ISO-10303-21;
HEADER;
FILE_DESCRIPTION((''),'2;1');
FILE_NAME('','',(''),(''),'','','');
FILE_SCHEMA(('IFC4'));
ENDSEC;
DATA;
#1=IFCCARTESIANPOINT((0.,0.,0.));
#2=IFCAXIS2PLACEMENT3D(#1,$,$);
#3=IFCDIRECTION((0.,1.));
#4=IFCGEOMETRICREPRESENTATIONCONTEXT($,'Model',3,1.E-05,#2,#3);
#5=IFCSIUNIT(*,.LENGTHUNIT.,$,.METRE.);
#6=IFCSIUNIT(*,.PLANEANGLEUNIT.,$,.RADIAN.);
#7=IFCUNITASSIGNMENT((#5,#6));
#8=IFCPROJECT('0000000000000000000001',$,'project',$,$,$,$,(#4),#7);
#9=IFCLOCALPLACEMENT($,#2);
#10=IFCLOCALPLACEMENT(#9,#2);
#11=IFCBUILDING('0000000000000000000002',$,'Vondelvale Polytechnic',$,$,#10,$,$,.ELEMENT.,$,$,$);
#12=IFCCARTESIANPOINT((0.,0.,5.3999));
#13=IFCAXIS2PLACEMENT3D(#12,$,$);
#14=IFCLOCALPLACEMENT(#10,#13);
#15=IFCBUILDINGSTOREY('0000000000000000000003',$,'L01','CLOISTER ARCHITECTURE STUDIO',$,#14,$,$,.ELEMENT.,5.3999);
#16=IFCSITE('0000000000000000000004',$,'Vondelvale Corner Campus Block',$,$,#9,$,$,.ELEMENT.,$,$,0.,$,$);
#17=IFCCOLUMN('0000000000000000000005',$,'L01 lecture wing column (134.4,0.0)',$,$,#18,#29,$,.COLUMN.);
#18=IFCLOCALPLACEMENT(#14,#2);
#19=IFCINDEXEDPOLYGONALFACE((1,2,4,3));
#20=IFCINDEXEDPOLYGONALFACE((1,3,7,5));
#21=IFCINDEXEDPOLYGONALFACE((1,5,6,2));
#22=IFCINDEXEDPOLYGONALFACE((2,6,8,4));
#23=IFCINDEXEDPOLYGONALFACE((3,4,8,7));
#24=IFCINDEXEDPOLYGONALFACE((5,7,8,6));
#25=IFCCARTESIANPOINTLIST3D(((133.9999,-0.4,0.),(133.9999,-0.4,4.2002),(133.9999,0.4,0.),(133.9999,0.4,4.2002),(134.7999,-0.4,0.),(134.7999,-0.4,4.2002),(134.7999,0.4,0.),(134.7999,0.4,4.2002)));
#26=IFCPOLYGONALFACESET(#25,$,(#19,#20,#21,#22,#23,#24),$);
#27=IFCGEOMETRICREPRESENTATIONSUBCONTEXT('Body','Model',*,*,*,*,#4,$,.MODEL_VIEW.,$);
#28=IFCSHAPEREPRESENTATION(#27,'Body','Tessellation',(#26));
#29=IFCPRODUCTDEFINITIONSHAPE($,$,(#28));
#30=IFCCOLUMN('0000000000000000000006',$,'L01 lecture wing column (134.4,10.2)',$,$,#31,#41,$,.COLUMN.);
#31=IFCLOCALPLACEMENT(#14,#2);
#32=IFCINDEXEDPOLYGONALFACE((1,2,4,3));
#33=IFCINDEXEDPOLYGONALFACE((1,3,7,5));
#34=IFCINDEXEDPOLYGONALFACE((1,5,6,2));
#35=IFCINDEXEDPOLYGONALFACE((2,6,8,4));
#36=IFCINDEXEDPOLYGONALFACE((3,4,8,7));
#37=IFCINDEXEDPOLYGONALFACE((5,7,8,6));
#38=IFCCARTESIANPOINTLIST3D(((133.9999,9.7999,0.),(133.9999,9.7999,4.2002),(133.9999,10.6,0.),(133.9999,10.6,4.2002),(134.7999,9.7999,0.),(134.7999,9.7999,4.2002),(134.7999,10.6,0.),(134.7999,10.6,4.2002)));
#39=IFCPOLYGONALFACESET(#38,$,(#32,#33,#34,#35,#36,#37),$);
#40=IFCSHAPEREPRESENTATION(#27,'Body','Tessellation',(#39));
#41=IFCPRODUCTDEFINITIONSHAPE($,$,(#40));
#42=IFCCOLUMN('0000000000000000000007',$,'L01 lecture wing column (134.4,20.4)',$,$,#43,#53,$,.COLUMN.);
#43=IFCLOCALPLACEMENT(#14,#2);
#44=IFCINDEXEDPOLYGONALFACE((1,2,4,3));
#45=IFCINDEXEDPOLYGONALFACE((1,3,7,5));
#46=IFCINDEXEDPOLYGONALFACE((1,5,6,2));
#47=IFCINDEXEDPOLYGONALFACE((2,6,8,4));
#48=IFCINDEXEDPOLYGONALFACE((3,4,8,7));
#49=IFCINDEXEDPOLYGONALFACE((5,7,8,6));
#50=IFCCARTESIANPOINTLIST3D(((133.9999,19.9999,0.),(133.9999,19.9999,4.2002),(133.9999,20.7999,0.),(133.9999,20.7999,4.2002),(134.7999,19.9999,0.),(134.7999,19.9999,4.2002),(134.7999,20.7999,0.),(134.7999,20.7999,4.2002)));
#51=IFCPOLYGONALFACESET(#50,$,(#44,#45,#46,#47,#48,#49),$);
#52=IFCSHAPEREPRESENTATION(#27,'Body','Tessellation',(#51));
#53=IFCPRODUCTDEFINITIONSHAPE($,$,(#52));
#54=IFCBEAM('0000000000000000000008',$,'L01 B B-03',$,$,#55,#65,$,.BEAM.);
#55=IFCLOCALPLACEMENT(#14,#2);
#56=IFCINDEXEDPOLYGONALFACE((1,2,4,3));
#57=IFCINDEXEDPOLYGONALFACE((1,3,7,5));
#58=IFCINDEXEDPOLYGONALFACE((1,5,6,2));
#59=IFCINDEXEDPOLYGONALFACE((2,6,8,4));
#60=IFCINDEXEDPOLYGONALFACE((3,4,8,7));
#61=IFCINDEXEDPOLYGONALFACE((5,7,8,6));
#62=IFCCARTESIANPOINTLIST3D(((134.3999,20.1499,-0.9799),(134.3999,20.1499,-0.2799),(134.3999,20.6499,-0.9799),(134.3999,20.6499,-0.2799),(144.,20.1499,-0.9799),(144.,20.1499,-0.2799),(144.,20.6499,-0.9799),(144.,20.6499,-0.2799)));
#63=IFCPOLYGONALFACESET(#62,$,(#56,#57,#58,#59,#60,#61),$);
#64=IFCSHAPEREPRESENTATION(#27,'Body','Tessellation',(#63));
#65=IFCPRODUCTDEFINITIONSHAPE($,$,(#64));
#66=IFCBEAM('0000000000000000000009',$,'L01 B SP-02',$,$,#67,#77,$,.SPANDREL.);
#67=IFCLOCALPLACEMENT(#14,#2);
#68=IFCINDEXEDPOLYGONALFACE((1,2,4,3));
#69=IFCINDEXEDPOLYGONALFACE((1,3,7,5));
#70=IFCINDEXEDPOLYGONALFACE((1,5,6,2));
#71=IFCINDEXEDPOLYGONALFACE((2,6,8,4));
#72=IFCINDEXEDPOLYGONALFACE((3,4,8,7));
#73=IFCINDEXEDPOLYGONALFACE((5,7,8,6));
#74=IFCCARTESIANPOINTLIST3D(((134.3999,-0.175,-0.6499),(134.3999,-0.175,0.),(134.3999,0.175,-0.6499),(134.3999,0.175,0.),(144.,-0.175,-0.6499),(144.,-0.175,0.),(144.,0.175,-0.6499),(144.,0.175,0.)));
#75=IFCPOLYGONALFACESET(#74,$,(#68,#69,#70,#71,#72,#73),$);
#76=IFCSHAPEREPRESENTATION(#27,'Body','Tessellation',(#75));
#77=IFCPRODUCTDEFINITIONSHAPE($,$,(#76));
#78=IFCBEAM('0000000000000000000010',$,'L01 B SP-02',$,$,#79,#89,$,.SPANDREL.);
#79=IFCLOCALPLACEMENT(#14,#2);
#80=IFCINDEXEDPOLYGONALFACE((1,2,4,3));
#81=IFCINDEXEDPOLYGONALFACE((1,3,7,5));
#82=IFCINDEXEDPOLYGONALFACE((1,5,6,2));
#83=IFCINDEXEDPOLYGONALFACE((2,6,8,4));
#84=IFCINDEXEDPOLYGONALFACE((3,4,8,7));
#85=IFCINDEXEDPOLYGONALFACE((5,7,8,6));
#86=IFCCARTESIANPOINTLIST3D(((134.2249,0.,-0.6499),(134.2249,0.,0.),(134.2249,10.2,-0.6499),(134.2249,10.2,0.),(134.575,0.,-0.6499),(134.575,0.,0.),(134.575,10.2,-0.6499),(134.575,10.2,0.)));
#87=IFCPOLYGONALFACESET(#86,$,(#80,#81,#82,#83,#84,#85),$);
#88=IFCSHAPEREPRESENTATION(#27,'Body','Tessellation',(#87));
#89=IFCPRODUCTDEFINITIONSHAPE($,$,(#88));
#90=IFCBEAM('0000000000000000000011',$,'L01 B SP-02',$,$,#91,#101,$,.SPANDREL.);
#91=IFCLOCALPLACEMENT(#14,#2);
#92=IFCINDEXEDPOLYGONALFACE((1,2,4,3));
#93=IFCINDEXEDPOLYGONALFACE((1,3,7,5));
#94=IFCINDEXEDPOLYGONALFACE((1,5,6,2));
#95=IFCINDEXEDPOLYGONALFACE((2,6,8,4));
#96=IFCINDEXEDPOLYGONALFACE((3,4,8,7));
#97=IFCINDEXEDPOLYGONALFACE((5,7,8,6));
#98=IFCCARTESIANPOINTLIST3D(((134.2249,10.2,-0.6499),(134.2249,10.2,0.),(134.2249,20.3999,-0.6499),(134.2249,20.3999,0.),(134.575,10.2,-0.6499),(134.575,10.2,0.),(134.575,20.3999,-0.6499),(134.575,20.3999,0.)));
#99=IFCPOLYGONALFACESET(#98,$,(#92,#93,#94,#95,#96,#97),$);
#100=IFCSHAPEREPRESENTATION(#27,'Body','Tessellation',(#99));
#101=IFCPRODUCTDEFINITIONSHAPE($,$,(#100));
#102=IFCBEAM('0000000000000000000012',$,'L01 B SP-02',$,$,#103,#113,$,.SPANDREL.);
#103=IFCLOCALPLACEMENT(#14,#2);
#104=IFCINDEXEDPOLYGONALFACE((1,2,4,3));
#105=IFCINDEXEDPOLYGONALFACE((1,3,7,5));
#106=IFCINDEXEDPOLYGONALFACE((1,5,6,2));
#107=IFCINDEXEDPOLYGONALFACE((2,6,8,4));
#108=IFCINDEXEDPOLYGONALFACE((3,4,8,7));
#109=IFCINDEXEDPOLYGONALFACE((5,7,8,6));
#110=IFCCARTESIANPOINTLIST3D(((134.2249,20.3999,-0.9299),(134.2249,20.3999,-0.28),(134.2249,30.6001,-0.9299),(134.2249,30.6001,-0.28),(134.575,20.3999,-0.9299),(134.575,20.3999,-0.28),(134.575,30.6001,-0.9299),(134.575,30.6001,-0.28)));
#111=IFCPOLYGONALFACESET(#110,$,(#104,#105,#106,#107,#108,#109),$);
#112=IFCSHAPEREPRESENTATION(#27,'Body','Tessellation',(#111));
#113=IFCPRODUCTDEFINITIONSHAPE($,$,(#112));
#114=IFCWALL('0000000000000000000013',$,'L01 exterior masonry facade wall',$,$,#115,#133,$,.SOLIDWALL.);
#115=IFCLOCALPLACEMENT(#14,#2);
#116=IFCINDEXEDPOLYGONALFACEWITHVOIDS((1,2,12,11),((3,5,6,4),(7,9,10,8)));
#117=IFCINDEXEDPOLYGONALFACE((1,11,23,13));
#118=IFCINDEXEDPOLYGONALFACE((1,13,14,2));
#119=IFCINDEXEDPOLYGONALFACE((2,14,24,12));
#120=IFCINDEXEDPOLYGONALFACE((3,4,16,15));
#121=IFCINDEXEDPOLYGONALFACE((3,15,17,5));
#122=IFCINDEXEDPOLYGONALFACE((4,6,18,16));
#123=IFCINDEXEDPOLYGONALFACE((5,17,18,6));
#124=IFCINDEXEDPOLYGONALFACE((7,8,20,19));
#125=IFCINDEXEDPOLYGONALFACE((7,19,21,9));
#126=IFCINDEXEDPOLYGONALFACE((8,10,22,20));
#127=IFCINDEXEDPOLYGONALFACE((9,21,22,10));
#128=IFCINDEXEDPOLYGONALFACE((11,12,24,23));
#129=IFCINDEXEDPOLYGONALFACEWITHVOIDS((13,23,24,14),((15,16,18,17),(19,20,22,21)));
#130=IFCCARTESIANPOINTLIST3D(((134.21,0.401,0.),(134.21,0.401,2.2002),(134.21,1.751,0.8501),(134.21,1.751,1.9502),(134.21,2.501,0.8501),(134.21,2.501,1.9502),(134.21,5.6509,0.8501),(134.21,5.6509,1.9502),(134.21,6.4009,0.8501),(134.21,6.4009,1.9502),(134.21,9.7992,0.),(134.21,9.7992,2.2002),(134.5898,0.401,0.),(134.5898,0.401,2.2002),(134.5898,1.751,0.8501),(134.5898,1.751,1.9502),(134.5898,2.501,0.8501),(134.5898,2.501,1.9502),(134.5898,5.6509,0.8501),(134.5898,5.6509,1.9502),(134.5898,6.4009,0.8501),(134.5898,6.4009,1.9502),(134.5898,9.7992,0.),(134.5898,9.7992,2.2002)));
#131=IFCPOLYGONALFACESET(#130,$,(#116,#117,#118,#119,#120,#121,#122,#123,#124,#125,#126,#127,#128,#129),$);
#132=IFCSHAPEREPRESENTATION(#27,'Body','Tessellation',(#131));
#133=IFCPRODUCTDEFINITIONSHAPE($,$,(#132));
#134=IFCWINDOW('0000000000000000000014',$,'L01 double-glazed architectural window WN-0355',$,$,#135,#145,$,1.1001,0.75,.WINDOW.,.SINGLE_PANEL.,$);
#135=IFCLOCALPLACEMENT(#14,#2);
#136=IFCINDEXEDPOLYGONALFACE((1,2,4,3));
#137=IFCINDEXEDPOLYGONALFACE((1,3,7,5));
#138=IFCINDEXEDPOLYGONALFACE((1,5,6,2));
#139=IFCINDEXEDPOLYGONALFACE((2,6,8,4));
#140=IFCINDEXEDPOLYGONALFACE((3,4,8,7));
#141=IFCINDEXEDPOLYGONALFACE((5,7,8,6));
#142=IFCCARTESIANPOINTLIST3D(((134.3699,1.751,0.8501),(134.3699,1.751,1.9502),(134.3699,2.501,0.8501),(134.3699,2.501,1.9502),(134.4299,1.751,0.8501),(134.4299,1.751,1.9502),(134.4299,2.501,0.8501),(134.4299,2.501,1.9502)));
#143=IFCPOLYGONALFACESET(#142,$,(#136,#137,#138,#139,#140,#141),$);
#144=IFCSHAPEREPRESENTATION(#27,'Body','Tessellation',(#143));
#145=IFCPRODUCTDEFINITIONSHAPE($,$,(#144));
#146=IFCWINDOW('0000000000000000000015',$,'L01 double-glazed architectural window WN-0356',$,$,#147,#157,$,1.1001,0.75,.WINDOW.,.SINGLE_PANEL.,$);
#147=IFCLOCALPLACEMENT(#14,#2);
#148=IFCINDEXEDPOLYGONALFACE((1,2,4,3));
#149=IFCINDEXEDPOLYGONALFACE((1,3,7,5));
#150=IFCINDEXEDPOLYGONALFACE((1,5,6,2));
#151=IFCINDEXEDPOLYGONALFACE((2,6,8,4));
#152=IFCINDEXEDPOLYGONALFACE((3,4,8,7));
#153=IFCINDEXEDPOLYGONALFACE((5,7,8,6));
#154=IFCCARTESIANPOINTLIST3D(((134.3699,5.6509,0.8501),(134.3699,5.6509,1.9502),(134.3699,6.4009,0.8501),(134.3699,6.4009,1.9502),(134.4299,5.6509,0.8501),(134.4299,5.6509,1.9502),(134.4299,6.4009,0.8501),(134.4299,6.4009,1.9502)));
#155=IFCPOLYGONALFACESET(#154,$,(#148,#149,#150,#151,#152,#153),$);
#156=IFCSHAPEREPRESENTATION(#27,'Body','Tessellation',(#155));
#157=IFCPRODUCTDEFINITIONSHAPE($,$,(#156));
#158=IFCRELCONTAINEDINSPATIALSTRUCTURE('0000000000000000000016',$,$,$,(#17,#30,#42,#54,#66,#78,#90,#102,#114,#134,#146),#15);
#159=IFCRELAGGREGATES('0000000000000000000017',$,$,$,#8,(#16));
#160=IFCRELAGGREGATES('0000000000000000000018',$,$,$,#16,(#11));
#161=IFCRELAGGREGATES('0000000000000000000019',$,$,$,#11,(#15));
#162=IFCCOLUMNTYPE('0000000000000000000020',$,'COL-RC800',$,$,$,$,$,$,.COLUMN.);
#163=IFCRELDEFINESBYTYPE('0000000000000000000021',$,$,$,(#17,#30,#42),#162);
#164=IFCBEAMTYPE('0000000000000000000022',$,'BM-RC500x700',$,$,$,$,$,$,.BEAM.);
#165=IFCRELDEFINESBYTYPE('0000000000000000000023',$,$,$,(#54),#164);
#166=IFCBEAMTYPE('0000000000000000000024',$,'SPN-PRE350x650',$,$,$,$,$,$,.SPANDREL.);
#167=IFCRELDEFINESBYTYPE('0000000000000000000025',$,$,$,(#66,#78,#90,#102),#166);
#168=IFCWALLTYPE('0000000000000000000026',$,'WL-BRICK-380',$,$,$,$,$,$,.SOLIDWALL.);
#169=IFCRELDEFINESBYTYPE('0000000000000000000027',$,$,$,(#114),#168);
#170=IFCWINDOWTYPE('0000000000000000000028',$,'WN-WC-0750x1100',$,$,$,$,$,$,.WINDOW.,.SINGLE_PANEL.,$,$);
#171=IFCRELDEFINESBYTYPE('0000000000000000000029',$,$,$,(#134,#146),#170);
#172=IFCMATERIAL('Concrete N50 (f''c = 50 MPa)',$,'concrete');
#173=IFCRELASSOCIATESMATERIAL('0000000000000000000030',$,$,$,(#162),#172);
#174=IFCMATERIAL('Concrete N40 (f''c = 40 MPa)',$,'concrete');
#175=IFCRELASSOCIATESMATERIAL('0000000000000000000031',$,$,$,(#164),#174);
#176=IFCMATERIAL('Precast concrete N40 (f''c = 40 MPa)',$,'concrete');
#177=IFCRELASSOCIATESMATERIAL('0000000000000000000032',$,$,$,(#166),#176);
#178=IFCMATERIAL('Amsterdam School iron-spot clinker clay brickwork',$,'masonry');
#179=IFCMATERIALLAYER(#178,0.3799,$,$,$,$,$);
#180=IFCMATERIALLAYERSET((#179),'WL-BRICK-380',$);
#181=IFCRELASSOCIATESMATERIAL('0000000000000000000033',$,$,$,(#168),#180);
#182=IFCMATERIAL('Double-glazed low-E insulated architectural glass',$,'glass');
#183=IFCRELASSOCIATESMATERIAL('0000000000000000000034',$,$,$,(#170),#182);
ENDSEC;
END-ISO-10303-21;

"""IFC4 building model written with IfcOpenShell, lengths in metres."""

from ifc_helpers import new_model, si_unit, direction, frame, frame_2d, origin, origin_2d, place, context, subcontext, project, spatial, rectangle, extrude, material, layer, layer_set, material_profile, profile_set, type_object, element, fill, save


model = new_model("IFC4")

# Units and contexts
model_context = context("Model", 3, precision=1e-05, world=origin(), true_north=direction((0.0, 1.0)))
body_context = subcontext(model_context, "Body", "Model", "MODEL_VIEW")
ifc_project = project(units=[si_unit("LENGTHUNIT", "METRE"), si_unit("PLANEANGLEUNIT", "RADIAN")], contexts=[model_context])

# Site, building, storey
site_placement = place(None, origin())
site = spatial("IfcSite", under=ifc_project, at=site_placement, Name="Vondelvale Corner Campus Block", CompositionType="ELEMENT", RefElevation=0.0)
building_placement = place(site_placement, origin())
building = spatial("IfcBuilding", under=site, at=building_placement, Name="Vondelvale Polytechnic", CompositionType="ELEMENT")
storey_placement = place(building_placement, frame((0.0, 0.0, 5.3999)))
storey = spatial("IfcBuildingStorey", under=building, at=storey_placement, Name="L01", Description="CLOISTER ARCHITECTURE STUDIO", CompositionType="ELEMENT", Elevation=5.3999)

# Columns
ifc_material_1 = material(Name="Concrete N50 (f'c = 50 MPa)", Category="concrete")
ifc_material_profile_1 = material_profile(ifc_material_1, rectangle(XDim=0.8, YDim=0.8, at=origin_2d()), Name="RC-COL-800x800")
ifc_profile_set_1 = profile_set([ifc_material_profile_1], Name="Concrete N50 (f'c = 50 MPa)")
column_type = type_object("IfcColumnType", Name="COL-RC800", PredefinedType="COLUMN", material=ifc_profile_set_1)
for number, where, z_axis, x_axis, name in (
    (1, (134.3999, 0.0, 0.0), (0.0, 0.0, 1.0), (1.0, 0.0, 0.0), "L01 lecture wing column (134.4,0.0)"),
    (2, (134.3999, 10.2, 0.0), (0.0, 0.0, 1.0), (1.0, 0.0, 0.0), "L01 lecture wing column (134.4,10.2)"),
    (3, (134.3999, 20.3999, 0.0), (0.0, 0.0, 1.0), (1.0, 0.0, 0.0), "L01 lecture wing column (134.4,20.4)"),
):
    element("IfcColumn", number, at=place(storey_placement, frame(where, z_axis=z_axis, x_axis=x_axis)), inside=storey, type_object=column_type, Name=name, PredefinedType="COLUMN", context=body_context, shape_type="SweptSolid", body=[
        extrude(rectangle(XDim=0.8, YDim=0.8, at=origin_2d()), origin(), (0.0, 0.0, 1.0), 4.2002),
    ])

# Beams
ifc_material_2 = material(Name="Concrete N40 (f'c = 40 MPa)", Category="concrete")
ifc_material_profile_2 = material_profile(ifc_material_2, rectangle(XDim=0.5, YDim=0.7, at=origin_2d()), Name="RC-BM-500x700")
ifc_profile_set_2 = profile_set([ifc_material_profile_2], Name="Concrete N40 (f'c = 40 MPa)")
beam_type_1 = type_object("IfcBeamType", Name="BM-RC500x700", PredefinedType="BEAM", material=ifc_profile_set_2)
beam_1_placement = place(storey_placement, frame((134.3999, 20.3999, -0.6299), z_axis=(1.0, 0.0, 0.0), x_axis=(0.0, 1.0, 0.0)))
element("IfcBeam", 4, at=beam_1_placement, inside=storey, type_object=beam_type_1, Name="L01 B B-03", PredefinedType="BEAM", context=body_context, shape_type="SweptSolid", body=[
    extrude(rectangle(XDim=0.5, YDim=0.7, at=origin_2d()), origin(), (0.0, 0.0, 1.0), 9.6001),
])
ifc_material_3 = material(Name="Precast concrete N40 (f'c = 40 MPa)", Category="concrete")
ifc_material_profile_3 = material_profile(ifc_material_3, rectangle(XDim=0.3501, YDim=0.6499, at=origin_2d()), Name="RC-SPN-350x650")
ifc_profile_set_3 = profile_set([ifc_material_profile_3], Name="Precast concrete N40 (f'c = 40 MPa)")
beam_type_2 = type_object("IfcBeamType", Name="SPN-PRE350x650", PredefinedType="SPANDREL", material=ifc_profile_set_3)
beam_2_placement = place(storey_placement, frame((134.3999, 0.0, -0.325), z_axis=(1.0, 0.0, 0.0), x_axis=(0.0, 1.0, 0.0)))
element("IfcBeam", 5, at=beam_2_placement, inside=storey, type_object=beam_type_2, Name="L01 B SP-02", PredefinedType="SPANDREL", context=body_context, shape_type="SweptSolid", body=[
    extrude(rectangle(XDim=0.3501, YDim=0.6499, at=origin_2d()), origin(), (0.0, 0.0, 1.0), 9.6001),
])
for number, where, z_axis, x_axis, name in (
    (6, (134.3999, 0.0, -0.325), (0.0, 1.0, 0.0), (-1.0, 0.0, 0.0), "L01 B SP-02"),
    (7, (134.3999, 10.2, -0.325), (0.0, 1.0, 0.0), (-1.0, 0.0, 0.0), "L01 B SP-02"),
):
    element("IfcBeam", number, at=place(storey_placement, frame(where, z_axis=z_axis, x_axis=x_axis)), inside=storey, type_object=beam_type_2, Name=name, PredefinedType="SPANDREL", context=body_context, shape_type="SweptSolid", body=[
        extrude(rectangle(XDim=0.3501, YDim=0.6499, at=origin_2d()), origin(), (0.0, 0.0, 1.0), 10.2),
    ])
beam_3_placement = place(storey_placement, frame((134.3999, 20.3999, -0.605), z_axis=(0.0, 1.0, 0.0), x_axis=(-1.0, 0.0, 0.0)))
element("IfcBeam", 8, at=beam_3_placement, inside=storey, type_object=beam_type_2, Name="L01 B SP-02", PredefinedType="SPANDREL", context=body_context, shape_type="SweptSolid", body=[
    extrude(rectangle(XDim=0.3501, YDim=0.6499, at=origin_2d()), origin(), (0.0, 0.0, 1.0), 10.2002),
])

# Wall, openings, windows
ifc_material_4 = material(Name="Amsterdam School iron-spot clinker clay brickwork", Category="masonry")
ifc_layer_1 = layer(ifc_material_4, 0.3799)
ifc_layer_set_1 = layer_set([ifc_layer_1], Name="WL-BRICK-380")
wall_type_1 = type_object("IfcWallType", Name="WL-BRICK-380", PredefinedType="SOLIDWALL", material=ifc_layer_set_1)
wall_1_placement = place(storey_placement, frame((134.3999, 0.4009, 0.0), z_axis=(0.0, 0.0, 1.0), x_axis=(0.0, 1.0, 0.0)))
wall_1 = element("IfcWall", 9, at=wall_1_placement, inside=storey, type_object=wall_type_1, Name="L01 exterior masonry facade wall", PredefinedType="SOLIDWALL", context=body_context, shape_type="SweptSolid", body=[
    extrude(rectangle(XDim=9.3982, YDim=0.3799, at=frame_2d((4.6992, 0.0))), origin(), (0.0, 0.0, 1.0), 2.2002),
])
opening_1_placement = place(wall_1_placement, frame((1.3501, 0.0, 0.8501)))
opening_1 = element("IfcOpeningElement", 10, at=opening_1_placement, cuts=wall_1, PredefinedType="OPENING", context=body_context, shape_type="SweptSolid", body=[
    extrude(rectangle(XDim=0.75, YDim=1.1001, at=frame_2d((0.375, 0.55))), frame((0.0, 0.2, 0.0), z_axis=(0.0, -1.0, 0.0), x_axis=(1.0, 0.0, 0.0)), (0.0, 0.0, 1.0), 0.3999),
])
opening_2_placement = place(wall_1_placement, frame((5.25, 0.0, 0.8501)))
opening_2 = element("IfcOpeningElement", 11, at=opening_2_placement, cuts=wall_1, PredefinedType="OPENING", context=body_context, shape_type="SweptSolid", body=[
    extrude(rectangle(XDim=0.75, YDim=1.1001, at=frame_2d((0.375, 0.55))), frame((0.0, 0.2, 0.0), z_axis=(0.0, -1.0, 0.0), x_axis=(1.0, 0.0, 0.0)), (0.0, 0.0, 1.0), 0.3999),
])
ifc_material_5 = material(Name="Double-glazed low-E insulated architectural glass", Category="glass")
window_type_1 = type_object("IfcWindowType", Name="WN-WC-0750x1100", PartitioningType="SINGLE_PANEL", PredefinedType="WINDOW", material=ifc_material_5)
window_1_placement = place(opening_1_placement, origin())
window_1 = element("IfcWindow", 12, at=window_1_placement, inside=storey, type_object=window_type_1, Name="L01 double-glazed architectural window WN-0355", OverallHeight=1.1001, OverallWidth=0.75, PartitioningType="SINGLE_PANEL", PredefinedType="WINDOW", context=body_context, shape_type="SweptSolid", body=[
    extrude(rectangle(XDim=0.75, YDim=1.1001, at=frame_2d((0.375, 0.55))), frame((0.0, 0.03, 0.0), z_axis=(0.0, -1.0, 0.0), x_axis=(1.0, 0.0, 0.0)), (0.0, 0.0, 1.0), 0.0601),
])
fill(opening_1, window_1)
window_2_placement = place(opening_2_placement, origin())
window_2 = element("IfcWindow", 13, at=window_2_placement, inside=storey, type_object=window_type_1, Name="L01 double-glazed architectural window WN-0356", OverallHeight=1.1001, OverallWidth=0.75, PartitioningType="SINGLE_PANEL", PredefinedType="WINDOW", context=body_context, shape_type="SweptSolid", body=[
    extrude(rectangle(XDim=0.75, YDim=1.1001, at=frame_2d((0.375, 0.55))), frame((0.0, 0.03, 0.0), z_axis=(0.0, -1.0, 0.0), x_axis=(1.0, 0.0, 0.0)), (0.0, 0.0, 1.0), 0.0601),
])
fill(opening_2, window_2)

save(model, "model.ifc")
